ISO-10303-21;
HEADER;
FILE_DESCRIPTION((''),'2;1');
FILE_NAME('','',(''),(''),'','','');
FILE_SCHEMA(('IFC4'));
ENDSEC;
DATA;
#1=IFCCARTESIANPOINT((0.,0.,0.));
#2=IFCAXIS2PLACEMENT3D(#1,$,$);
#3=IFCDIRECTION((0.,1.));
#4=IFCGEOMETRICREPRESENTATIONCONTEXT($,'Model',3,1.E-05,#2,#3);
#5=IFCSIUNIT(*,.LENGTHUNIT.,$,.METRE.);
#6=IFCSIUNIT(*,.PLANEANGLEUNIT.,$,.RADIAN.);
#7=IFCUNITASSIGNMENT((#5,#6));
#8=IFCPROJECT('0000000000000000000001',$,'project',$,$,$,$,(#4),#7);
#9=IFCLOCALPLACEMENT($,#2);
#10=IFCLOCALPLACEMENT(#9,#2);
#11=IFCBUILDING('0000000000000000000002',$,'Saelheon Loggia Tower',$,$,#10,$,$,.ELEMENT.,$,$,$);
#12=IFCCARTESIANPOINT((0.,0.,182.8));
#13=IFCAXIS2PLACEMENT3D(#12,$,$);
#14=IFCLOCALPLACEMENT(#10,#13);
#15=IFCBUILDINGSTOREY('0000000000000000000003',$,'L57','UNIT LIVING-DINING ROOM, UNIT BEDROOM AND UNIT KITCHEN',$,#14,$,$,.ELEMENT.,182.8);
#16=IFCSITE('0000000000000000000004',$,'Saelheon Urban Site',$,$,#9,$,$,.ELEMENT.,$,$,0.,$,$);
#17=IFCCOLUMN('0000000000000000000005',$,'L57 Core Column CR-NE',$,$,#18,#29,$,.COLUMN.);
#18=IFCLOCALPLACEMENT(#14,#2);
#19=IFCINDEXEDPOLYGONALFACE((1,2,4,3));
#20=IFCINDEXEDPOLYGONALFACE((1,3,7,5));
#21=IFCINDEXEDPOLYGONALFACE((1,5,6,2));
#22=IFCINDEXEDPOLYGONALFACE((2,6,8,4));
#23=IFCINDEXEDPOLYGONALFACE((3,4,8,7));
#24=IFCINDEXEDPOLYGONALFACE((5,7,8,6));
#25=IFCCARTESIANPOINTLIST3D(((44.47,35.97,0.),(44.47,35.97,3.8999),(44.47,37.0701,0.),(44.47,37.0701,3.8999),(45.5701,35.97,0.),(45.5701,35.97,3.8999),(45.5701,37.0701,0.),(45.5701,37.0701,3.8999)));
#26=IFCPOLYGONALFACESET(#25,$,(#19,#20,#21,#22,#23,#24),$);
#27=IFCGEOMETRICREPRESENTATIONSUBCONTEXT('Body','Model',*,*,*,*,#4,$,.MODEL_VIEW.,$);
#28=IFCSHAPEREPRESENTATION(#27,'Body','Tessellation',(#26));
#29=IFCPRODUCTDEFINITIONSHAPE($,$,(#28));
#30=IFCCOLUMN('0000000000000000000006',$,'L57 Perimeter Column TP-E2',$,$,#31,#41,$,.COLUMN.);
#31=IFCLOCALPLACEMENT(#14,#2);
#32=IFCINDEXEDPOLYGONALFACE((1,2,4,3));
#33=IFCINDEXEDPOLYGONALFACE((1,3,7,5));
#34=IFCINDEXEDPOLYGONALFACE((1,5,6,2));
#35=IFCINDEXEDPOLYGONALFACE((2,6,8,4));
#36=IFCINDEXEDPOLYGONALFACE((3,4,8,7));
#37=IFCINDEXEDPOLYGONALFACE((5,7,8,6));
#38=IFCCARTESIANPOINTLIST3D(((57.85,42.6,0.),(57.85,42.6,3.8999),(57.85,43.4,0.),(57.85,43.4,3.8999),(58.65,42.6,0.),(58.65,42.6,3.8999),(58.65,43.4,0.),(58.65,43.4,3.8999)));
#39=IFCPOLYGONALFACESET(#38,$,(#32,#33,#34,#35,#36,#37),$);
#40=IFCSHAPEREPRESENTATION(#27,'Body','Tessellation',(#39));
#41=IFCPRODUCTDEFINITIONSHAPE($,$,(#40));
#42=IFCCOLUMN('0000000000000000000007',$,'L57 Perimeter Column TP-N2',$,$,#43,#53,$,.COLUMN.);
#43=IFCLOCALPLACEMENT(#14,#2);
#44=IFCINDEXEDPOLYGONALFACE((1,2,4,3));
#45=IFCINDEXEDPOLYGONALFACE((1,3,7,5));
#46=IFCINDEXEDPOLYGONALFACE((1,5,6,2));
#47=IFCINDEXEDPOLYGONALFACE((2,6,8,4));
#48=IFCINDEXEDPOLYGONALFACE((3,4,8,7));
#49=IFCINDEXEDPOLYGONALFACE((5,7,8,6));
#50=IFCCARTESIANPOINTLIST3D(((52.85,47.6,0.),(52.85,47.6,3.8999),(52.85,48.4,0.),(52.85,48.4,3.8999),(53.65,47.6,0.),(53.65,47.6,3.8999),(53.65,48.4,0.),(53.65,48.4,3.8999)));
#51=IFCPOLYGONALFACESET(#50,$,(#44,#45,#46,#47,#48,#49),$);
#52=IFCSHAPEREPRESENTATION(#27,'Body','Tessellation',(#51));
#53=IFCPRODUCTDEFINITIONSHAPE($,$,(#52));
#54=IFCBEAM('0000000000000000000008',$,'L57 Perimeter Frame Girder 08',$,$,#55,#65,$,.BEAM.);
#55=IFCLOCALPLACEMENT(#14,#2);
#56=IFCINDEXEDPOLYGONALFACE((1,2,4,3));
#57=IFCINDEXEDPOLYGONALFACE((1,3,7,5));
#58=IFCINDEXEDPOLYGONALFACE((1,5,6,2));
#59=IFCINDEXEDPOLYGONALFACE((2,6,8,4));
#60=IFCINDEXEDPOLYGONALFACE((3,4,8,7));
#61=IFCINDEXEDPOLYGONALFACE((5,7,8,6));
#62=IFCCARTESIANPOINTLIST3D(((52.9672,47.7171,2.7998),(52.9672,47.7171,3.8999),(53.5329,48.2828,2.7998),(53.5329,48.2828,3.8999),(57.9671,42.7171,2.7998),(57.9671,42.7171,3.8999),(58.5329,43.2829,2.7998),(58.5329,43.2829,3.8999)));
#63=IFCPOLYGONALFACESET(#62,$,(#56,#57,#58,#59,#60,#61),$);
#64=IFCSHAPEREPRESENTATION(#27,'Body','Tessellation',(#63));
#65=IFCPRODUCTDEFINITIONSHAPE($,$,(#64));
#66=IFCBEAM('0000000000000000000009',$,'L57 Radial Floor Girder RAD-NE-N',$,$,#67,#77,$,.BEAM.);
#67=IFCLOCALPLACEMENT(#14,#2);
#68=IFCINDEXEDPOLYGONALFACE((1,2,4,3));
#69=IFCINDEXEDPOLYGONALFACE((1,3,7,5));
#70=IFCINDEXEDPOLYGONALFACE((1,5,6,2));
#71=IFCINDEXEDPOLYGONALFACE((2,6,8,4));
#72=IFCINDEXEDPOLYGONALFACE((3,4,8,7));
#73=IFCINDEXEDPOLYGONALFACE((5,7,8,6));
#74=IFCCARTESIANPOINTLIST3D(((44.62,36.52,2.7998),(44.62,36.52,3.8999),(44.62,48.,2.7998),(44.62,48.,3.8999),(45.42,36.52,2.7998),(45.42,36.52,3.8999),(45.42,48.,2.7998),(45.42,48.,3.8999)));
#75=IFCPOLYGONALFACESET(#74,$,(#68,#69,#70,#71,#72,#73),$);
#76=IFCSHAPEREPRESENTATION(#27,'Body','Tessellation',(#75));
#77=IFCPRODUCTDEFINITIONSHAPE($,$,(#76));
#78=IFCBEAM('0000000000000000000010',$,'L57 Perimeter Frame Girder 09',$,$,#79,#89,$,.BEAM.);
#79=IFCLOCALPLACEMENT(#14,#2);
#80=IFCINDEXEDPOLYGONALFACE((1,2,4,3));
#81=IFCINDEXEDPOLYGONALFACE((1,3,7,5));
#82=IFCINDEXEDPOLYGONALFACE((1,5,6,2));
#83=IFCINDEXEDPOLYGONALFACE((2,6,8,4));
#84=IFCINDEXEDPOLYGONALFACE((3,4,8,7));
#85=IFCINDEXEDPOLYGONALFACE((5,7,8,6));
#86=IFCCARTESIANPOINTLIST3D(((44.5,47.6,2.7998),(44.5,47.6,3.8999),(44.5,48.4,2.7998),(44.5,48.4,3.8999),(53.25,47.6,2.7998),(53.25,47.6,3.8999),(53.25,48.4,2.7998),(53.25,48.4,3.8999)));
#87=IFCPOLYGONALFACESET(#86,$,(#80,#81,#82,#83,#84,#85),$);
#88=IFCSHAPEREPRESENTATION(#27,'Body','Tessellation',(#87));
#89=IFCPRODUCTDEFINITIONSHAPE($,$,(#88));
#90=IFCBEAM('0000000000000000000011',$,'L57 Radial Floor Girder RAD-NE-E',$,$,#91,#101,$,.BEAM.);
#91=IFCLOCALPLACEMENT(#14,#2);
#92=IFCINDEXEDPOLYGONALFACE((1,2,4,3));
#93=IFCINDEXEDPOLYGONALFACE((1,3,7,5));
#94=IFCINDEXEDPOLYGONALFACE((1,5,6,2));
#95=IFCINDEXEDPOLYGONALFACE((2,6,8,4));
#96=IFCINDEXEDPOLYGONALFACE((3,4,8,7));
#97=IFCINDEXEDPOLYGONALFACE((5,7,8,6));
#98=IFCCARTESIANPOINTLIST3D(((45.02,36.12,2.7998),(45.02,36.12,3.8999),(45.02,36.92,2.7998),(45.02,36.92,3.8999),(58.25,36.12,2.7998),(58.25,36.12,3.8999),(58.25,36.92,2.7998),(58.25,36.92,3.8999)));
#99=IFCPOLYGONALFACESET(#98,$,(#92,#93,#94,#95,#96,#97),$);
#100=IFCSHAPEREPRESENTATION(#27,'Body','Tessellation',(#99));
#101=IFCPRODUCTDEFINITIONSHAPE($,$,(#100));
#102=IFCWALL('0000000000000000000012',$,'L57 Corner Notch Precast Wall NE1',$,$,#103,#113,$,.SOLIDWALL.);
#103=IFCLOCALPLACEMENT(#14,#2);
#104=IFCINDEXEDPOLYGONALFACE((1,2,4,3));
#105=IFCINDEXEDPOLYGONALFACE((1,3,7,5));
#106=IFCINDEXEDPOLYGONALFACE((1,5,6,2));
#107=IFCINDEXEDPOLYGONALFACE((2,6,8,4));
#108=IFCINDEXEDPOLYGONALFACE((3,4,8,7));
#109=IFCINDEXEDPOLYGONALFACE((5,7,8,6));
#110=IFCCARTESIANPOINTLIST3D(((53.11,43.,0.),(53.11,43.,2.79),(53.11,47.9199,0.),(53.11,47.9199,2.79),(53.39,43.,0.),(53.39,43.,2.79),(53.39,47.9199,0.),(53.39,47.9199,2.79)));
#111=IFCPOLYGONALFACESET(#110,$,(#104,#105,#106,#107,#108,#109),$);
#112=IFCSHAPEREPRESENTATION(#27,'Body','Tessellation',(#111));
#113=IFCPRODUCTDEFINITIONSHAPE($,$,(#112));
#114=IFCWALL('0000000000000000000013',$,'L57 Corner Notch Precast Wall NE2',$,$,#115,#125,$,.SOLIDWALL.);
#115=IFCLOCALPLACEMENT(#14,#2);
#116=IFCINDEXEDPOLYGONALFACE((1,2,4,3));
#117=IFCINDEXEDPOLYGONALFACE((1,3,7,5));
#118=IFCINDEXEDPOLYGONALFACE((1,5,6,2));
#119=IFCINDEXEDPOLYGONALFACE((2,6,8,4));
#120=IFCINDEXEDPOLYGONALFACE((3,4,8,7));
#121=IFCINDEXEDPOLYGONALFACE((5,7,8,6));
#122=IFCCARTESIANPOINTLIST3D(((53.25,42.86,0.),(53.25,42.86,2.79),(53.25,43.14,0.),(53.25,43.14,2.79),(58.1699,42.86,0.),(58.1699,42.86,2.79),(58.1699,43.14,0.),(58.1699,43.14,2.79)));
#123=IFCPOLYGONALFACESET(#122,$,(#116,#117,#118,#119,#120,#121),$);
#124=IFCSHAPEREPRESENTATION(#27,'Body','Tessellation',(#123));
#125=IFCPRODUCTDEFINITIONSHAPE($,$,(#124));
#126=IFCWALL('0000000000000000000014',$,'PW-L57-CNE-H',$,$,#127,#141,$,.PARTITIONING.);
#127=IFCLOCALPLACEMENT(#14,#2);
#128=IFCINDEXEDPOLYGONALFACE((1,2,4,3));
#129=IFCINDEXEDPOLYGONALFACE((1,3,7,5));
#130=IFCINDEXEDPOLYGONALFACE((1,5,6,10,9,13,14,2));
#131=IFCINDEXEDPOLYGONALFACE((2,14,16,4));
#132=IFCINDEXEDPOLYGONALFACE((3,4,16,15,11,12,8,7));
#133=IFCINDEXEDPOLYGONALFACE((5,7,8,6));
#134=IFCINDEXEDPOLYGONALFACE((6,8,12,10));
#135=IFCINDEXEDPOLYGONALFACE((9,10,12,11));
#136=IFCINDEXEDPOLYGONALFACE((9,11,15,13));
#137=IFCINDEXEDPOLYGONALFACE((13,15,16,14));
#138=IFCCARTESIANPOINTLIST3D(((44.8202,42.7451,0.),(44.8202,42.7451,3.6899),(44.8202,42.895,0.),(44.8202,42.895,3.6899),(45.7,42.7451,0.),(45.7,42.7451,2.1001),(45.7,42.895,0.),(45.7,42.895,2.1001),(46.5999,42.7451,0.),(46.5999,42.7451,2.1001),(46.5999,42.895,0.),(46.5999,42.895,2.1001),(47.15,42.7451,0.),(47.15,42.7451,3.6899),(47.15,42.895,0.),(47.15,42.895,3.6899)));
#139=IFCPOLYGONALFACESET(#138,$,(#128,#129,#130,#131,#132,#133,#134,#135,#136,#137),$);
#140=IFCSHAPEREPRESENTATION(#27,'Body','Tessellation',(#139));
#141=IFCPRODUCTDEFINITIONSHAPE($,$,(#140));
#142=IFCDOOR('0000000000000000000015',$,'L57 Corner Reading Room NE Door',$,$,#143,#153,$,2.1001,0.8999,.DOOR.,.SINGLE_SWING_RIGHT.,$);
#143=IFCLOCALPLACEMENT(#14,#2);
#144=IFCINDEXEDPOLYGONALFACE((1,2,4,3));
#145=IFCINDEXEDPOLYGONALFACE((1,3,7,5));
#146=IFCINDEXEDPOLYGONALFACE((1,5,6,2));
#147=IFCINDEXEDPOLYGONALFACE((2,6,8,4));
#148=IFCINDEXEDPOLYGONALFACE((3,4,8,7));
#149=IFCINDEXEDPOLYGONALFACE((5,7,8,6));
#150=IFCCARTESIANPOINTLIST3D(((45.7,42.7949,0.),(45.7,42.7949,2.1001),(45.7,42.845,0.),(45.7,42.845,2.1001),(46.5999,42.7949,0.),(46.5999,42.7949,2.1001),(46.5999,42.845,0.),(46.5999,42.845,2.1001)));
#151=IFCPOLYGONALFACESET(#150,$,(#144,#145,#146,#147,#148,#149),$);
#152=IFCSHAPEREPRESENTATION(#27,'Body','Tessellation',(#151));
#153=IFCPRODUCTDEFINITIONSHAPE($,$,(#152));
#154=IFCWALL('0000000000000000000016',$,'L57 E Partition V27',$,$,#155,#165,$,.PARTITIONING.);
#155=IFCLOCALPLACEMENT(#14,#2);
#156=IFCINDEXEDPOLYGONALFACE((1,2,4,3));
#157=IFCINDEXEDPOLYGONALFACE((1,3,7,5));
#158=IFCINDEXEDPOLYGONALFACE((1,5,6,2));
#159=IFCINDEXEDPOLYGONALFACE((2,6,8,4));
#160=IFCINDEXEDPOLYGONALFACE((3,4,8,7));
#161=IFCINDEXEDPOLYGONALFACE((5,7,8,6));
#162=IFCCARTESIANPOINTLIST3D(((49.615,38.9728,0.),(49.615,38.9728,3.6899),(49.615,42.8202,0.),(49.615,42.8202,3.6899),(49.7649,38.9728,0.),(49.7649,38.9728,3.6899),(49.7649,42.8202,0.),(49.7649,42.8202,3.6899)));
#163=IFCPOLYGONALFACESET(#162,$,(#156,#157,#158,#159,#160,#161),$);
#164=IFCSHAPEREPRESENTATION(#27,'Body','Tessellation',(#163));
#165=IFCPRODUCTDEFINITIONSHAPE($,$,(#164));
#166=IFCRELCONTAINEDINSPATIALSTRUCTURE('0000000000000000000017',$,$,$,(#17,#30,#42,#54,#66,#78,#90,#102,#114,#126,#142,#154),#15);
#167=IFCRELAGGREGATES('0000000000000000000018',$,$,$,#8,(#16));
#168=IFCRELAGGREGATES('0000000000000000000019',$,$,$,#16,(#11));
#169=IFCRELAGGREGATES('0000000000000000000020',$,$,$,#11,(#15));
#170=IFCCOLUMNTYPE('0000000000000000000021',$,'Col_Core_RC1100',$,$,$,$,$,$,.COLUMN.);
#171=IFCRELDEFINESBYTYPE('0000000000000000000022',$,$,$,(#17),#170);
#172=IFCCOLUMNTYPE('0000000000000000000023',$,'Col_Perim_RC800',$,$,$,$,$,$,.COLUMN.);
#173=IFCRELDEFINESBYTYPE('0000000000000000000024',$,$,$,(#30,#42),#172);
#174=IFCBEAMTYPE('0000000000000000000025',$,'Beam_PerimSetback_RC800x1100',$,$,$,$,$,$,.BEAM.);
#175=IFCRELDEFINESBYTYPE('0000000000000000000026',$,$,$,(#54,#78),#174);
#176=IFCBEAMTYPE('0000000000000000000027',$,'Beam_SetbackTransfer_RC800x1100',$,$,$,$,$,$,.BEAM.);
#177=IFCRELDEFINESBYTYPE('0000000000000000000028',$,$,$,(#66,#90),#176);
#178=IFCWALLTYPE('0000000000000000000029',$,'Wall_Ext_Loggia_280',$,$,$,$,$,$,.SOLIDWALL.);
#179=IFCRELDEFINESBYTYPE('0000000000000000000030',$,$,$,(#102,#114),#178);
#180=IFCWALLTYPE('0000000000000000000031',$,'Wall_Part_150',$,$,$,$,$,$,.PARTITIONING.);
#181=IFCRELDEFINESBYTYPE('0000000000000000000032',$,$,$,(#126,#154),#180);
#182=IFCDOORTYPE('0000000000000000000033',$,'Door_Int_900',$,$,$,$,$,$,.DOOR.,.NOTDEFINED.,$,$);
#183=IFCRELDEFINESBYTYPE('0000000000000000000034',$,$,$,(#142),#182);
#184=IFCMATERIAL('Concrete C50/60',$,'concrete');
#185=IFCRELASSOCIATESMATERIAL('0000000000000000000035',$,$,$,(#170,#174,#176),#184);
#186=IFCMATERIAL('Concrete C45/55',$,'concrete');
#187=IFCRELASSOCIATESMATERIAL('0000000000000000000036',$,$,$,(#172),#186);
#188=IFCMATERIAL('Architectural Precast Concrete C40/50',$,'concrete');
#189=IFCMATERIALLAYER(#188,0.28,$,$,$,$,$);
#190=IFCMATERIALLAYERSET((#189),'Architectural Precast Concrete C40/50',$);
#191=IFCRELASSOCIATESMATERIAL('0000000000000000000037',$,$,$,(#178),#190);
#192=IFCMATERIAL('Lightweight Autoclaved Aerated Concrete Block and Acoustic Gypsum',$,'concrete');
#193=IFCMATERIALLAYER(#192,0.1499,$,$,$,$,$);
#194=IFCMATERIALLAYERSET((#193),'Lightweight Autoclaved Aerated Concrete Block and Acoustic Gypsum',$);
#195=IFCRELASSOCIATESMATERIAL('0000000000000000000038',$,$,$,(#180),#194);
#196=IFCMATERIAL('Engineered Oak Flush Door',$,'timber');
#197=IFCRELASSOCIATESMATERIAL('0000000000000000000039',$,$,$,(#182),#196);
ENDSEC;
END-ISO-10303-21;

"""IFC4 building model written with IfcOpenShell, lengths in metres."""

from ifc_helpers import new_model, si_unit, direction, frame, frame_2d, origin, origin_2d, place, context, subcontext, project, spatial, rectangle, extrude, source, transform, mapped, material, layer, layer_set, material_profile, profile_set, type_object, element, fill, save


model = new_model("IFC4")

# Units and contexts
model_context = context("Model", 3, precision=1e-05, world=origin(), true_north=direction((0.0, 1.0)))
body_context = subcontext(model_context, "Body", "Model", "MODEL_VIEW")
ifc_project = project(units=[si_unit("LENGTHUNIT", "METRE"), si_unit("PLANEANGLEUNIT", "RADIAN")], contexts=[model_context])

# Site, building, storey
site_placement = place(None, origin())
site = spatial("IfcSite", under=ifc_project, at=site_placement, Name="Saelheon Urban Site", CompositionType="ELEMENT", RefElevation=0.0)
building_placement = place(site_placement, origin())
building = spatial("IfcBuilding", under=site, at=building_placement, Name="Saelheon Loggia Tower", CompositionType="ELEMENT")
storey_placement = place(building_placement, frame((0.0, 0.0, 182.8)))
storey = spatial("IfcBuildingStorey", under=building, at=storey_placement, Name="L57", Description="UNIT LIVING-DINING ROOM, UNIT BEDROOM AND UNIT KITCHEN", CompositionType="ELEMENT", Elevation=182.8)

# Columns
ifc_material_1 = material(Name="Concrete C50/60", Category="concrete")
ifc_material_profile_1 = material_profile(ifc_material_1, rectangle(XDim=1.1001, YDim=1.1001, at=origin_2d()), Name="RC-1100x1100")
ifc_profile_set_1 = profile_set([ifc_material_profile_1], Name="Concrete C50/60")
column_type_1 = type_object("IfcColumnType", Name="Col_Core_RC1100", PredefinedType="COLUMN", material=ifc_profile_set_1)
shared_shape_1 = source(origin(), body_context, "Body", "SweptSolid", [
    extrude(rectangle(XDim=1.1001, YDim=1.1001, at=origin_2d()), origin(), (0.0, 0.0, 1.0), 3.8999),
])
column_placement = place(storey_placement, frame((45.02, 36.52, 0.0), z_axis=(0.0, 0.0, 1.0), x_axis=(1.0, 0.0, 0.0)))
element("IfcColumn", 1, at=column_placement, inside=storey, type_object=column_type_1, Name="L57 Core Column CR-NE", PredefinedType="COLUMN", context=body_context, shape_type="MappedRepresentation", body=[
    mapped(shared_shape_1, transform((0.0, 0.0, 0.0), scale=1.0)),
])
ifc_material_2 = material(Name="Concrete C45/55", Category="concrete")
ifc_material_profile_2 = material_profile(ifc_material_2, rectangle(XDim=0.8, YDim=0.8, at=origin_2d()), Name="RC-800x800")
ifc_profile_set_2 = profile_set([ifc_material_profile_2], Name="Concrete C45/55")
column_type_2 = type_object("IfcColumnType", Name="Col_Perim_RC800", PredefinedType="COLUMN", material=ifc_profile_set_2)
shared_shape_2 = source(origin(), body_context, "Body", "SweptSolid", [
    extrude(rectangle(XDim=0.8, YDim=0.8, at=origin_2d()), origin(), (0.0, 0.0, 1.0), 3.8999),
])
for number, where, z_axis, x_axis, name in (
    (2, (58.25, 43.0, 0.0), (0.0, 0.0, 1.0), (1.0, 0.0, 0.0), "L57 Perimeter Column TP-E2"),
    (3, (53.25, 48.0, 0.0), (0.0, 0.0, 1.0), (1.0, 0.0, 0.0), "L57 Perimeter Column TP-N2"),
):
    element("IfcColumn", number, at=place(storey_placement, frame(where, z_axis=z_axis, x_axis=x_axis)), inside=storey, type_object=column_type_2, Name=name, PredefinedType="COLUMN", context=body_context, shape_type="MappedRepresentation", body=[
        mapped(shared_shape_2, transform((0.0, 0.0, 0.0), scale=1.0)),
    ])

# Beams
ifc_material_profile_3 = material_profile(ifc_material_1, rectangle(XDim=0.8, YDim=1.1001, at=origin_2d()), Name="RC-800x1100")
ifc_profile_set_3 = profile_set([ifc_material_profile_3], Name="Concrete C50/60")
beam_type_1 = type_object("IfcBeamType", Name="Beam_PerimSetback_RC800x1100", PredefinedType="BEAM", material=ifc_profile_set_3)
shared_shape_3 = source(origin(), body_context, "Body", "SweptSolid", [
    extrude(rectangle(XDim=0.8, YDim=1.1001, at=origin_2d()), origin(), (0.0, 0.0, 1.0), 7.071),
])
beam_1_placement = place(storey_placement, frame((58.25, 43.0, 3.3499), z_axis=(-0.707107, 0.707107, 0.0), x_axis=(-0.707107, -0.707107, 0.0)))
element("IfcBeam", 4, at=beam_1_placement, inside=storey, type_object=beam_type_1, Name="L57 Perimeter Frame Girder 08", PredefinedType="BEAM", context=body_context, shape_type="MappedRepresentation", body=[
    mapped(shared_shape_3, transform((0.0, 0.0, 0.0), scale=1.0)),
])
ifc_material_profile_4 = material_profile(ifc_material_1, rectangle(XDim=0.8, YDim=1.1001, at=origin_2d()), Name="RC-800x1100")
ifc_profile_set_4 = profile_set([ifc_material_profile_4], Name="Concrete C50/60")
beam_type_2 = type_object("IfcBeamType", Name="Beam_SetbackTransfer_RC800x1100", PredefinedType="BEAM", material=ifc_profile_set_4)
shared_shape_4 = source(origin(), body_context, "Body", "SweptSolid", [
    extrude(rectangle(XDim=0.8, YDim=1.1001, at=origin_2d()), origin(), (0.0, 0.0, 1.0), 11.48),
])
beam_2_placement = place(storey_placement, frame((45.02, 36.52, 3.3499), z_axis=(0.0, 1.0, 0.0), x_axis=(-1.0, 0.0, 0.0)))
element("IfcBeam", 5, at=beam_2_placement, inside=storey, type_object=beam_type_2, Name="L57 Radial Floor Girder RAD-NE-N", PredefinedType="BEAM", context=body_context, shape_type="MappedRepresentation", body=[
    mapped(shared_shape_4, transform((0.0, 0.0, 0.0), scale=1.0)),
])
shared_shape_5 = source(origin(), body_context, "Body", "SweptSolid", [
    extrude(rectangle(XDim=0.8, YDim=1.1001, at=origin_2d()), origin(), (0.0, 0.0, 1.0), 8.75),
])
beam_3_placement = place(storey_placement, frame((53.25, 48.0, 3.3499), z_axis=(-1.0, 0.0, 0.0), x_axis=(0.0, -1.0, 0.0)))
element("IfcBeam", 6, at=beam_3_placement, inside=storey, type_object=beam_type_1, Name="L57 Perimeter Frame Girder 09", PredefinedType="BEAM", context=body_context, shape_type="MappedRepresentation", body=[
    mapped(shared_shape_5, transform((0.0, 0.0, 0.0), scale=1.0)),
])
shared_shape_6 = source(origin(), body_context, "Body", "SweptSolid", [
    extrude(rectangle(XDim=0.8, YDim=1.1001, at=origin_2d()), origin(), (0.0, 0.0, 1.0), 13.23),
])
beam_4_placement = place(storey_placement, frame((45.02, 36.52, 3.3499), z_axis=(1.0, 0.0, 0.0), x_axis=(0.0, 1.0, 0.0)))
element("IfcBeam", 7, at=beam_4_placement, inside=storey, type_object=beam_type_2, Name="L57 Radial Floor Girder RAD-NE-E", PredefinedType="BEAM", context=body_context, shape_type="MappedRepresentation", body=[
    mapped(shared_shape_6, transform((0.0, 0.0, 0.0), scale=1.0)),
])

# Walls
ifc_material_3 = material(Name="Architectural Precast Concrete C40/50", Category="concrete")
ifc_layer_1 = layer(ifc_material_3, 0.28)
ifc_layer_set_1 = layer_set([ifc_layer_1], Name="Architectural Precast Concrete C40/50")
wall_type_1 = type_object("IfcWallType", Name="Wall_Ext_Loggia_280", PredefinedType="SOLIDWALL", material=ifc_layer_set_1)
for number, where, z_axis, x_axis, name in (
    (8, (53.25, 43.0, 0.0), (0.0, 0.0, 1.0), (0.0, 1.0, 0.0), "L57 Corner Notch Precast Wall NE1"),
    (9, (53.25, 43.0, 0.0), (0.0, 0.0, 1.0), (1.0, 0.0, 0.0), "L57 Corner Notch Precast Wall NE2"),
):
    element("IfcWall", number, at=place(storey_placement, frame(where, z_axis=z_axis, x_axis=x_axis)), inside=storey, type_object=wall_type_1, Name=name, PredefinedType="SOLIDWALL", context=body_context, shape_type="SweptSolid", body=[
        extrude(rectangle(XDim=4.9199, YDim=0.28, at=frame_2d((2.46, 0.0))), origin(), (0.0, 0.0, 1.0), 2.79),
    ])

# Wall, opening, door
ifc_material_4 = material(Name="Lightweight Autoclaved Aerated Concrete Block and Acoustic Gypsum", Category="concrete")
ifc_layer_2 = layer(ifc_material_4, 0.1499)
ifc_layer_set_2 = layer_set([ifc_layer_2], Name="Lightweight Autoclaved Aerated Concrete Block and Acoustic Gypsum")
wall_type_2 = type_object("IfcWallType", Name="Wall_Part_150", PredefinedType="PARTITIONING", material=ifc_layer_set_2)
wall_1_placement = place(storey_placement, frame((44.8201, 42.8201, 0.0), z_axis=(0.0, 0.0, 1.0), x_axis=(1.0, 0.0, 0.0)))
wall_1 = element("IfcWall", 10, at=wall_1_placement, inside=storey, type_object=wall_type_2, Name="PW-L57-CNE-H", PredefinedType="PARTITIONING", context=body_context, shape_type="SweptSolid", body=[
    extrude(rectangle(XDim=2.3298, YDim=0.1499, at=frame_2d((1.165, 0.0))), origin(), (0.0, 0.0, 1.0), 3.6899),
])
opening_1_placement = place(wall_1_placement, frame((0.8799, 0.0, 0.0)))
opening_1 = element("IfcOpeningElement", 11, at=opening_1_placement, cuts=wall_1, PredefinedType="OPENING", context=body_context, shape_type="SweptSolid", body=[
    extrude(rectangle(XDim=0.8999, YDim=2.1001, at=frame_2d((0.45, 1.05))), frame((0.0, 0.0869, 0.0), z_axis=(0.0, -1.0, 0.0), x_axis=(1.0, 0.0, 0.0)), (0.0, 0.0, 1.0), 0.1738),
])
ifc_material_5 = material(Name="Engineered Oak Flush Door", Category="timber")
door_type = type_object("IfcDoorType", Name="Door_Int_900", OperationType="NOTDEFINED", PredefinedType="DOOR", material=ifc_material_5)
shared_shape_7 = source(origin(), body_context, "Body", "SweptSolid", [
    extrude(rectangle(XDim=0.8999, YDim=2.1001, at=frame_2d((0.45, 1.05))), frame((0.0, 0.0249, 0.0), z_axis=(0.0, -1.0, 0.0), x_axis=(1.0, 0.0, 0.0)), (0.0, 0.0, 1.0), 0.05),
])
door_1_placement = place(opening_1_placement, origin())
door_1 = element("IfcDoor", 12, at=door_1_placement, inside=storey, type_object=door_type, Name="L57 Corner Reading Room NE Door", OperationType="SINGLE_SWING_RIGHT", OverallHeight=2.1001, OverallWidth=0.8999, PredefinedType="DOOR", context=body_context, shape_type="MappedRepresentation", body=[
    mapped(shared_shape_7, transform((0.0, 0.0, 0.0), scale=1.0)),
])
fill(opening_1, door_1)

# Wall
wall_2_placement = place(storey_placement, frame((49.6899, 38.9727, 0.0), z_axis=(0.0, 0.0, 1.0), x_axis=(0.0, 1.0, 0.0)))
element("IfcWall", 13, at=wall_2_placement, inside=storey, type_object=wall_type_2, Name="L57 E Partition V27", PredefinedType="PARTITIONING", context=body_context, shape_type="SweptSolid", body=[
    extrude(rectangle(XDim=3.8474, YDim=0.1499, at=frame_2d((1.9238, 0.0))), origin(), (0.0, 0.0, 1.0), 3.6899),
])

save(model, "model.ifc")
